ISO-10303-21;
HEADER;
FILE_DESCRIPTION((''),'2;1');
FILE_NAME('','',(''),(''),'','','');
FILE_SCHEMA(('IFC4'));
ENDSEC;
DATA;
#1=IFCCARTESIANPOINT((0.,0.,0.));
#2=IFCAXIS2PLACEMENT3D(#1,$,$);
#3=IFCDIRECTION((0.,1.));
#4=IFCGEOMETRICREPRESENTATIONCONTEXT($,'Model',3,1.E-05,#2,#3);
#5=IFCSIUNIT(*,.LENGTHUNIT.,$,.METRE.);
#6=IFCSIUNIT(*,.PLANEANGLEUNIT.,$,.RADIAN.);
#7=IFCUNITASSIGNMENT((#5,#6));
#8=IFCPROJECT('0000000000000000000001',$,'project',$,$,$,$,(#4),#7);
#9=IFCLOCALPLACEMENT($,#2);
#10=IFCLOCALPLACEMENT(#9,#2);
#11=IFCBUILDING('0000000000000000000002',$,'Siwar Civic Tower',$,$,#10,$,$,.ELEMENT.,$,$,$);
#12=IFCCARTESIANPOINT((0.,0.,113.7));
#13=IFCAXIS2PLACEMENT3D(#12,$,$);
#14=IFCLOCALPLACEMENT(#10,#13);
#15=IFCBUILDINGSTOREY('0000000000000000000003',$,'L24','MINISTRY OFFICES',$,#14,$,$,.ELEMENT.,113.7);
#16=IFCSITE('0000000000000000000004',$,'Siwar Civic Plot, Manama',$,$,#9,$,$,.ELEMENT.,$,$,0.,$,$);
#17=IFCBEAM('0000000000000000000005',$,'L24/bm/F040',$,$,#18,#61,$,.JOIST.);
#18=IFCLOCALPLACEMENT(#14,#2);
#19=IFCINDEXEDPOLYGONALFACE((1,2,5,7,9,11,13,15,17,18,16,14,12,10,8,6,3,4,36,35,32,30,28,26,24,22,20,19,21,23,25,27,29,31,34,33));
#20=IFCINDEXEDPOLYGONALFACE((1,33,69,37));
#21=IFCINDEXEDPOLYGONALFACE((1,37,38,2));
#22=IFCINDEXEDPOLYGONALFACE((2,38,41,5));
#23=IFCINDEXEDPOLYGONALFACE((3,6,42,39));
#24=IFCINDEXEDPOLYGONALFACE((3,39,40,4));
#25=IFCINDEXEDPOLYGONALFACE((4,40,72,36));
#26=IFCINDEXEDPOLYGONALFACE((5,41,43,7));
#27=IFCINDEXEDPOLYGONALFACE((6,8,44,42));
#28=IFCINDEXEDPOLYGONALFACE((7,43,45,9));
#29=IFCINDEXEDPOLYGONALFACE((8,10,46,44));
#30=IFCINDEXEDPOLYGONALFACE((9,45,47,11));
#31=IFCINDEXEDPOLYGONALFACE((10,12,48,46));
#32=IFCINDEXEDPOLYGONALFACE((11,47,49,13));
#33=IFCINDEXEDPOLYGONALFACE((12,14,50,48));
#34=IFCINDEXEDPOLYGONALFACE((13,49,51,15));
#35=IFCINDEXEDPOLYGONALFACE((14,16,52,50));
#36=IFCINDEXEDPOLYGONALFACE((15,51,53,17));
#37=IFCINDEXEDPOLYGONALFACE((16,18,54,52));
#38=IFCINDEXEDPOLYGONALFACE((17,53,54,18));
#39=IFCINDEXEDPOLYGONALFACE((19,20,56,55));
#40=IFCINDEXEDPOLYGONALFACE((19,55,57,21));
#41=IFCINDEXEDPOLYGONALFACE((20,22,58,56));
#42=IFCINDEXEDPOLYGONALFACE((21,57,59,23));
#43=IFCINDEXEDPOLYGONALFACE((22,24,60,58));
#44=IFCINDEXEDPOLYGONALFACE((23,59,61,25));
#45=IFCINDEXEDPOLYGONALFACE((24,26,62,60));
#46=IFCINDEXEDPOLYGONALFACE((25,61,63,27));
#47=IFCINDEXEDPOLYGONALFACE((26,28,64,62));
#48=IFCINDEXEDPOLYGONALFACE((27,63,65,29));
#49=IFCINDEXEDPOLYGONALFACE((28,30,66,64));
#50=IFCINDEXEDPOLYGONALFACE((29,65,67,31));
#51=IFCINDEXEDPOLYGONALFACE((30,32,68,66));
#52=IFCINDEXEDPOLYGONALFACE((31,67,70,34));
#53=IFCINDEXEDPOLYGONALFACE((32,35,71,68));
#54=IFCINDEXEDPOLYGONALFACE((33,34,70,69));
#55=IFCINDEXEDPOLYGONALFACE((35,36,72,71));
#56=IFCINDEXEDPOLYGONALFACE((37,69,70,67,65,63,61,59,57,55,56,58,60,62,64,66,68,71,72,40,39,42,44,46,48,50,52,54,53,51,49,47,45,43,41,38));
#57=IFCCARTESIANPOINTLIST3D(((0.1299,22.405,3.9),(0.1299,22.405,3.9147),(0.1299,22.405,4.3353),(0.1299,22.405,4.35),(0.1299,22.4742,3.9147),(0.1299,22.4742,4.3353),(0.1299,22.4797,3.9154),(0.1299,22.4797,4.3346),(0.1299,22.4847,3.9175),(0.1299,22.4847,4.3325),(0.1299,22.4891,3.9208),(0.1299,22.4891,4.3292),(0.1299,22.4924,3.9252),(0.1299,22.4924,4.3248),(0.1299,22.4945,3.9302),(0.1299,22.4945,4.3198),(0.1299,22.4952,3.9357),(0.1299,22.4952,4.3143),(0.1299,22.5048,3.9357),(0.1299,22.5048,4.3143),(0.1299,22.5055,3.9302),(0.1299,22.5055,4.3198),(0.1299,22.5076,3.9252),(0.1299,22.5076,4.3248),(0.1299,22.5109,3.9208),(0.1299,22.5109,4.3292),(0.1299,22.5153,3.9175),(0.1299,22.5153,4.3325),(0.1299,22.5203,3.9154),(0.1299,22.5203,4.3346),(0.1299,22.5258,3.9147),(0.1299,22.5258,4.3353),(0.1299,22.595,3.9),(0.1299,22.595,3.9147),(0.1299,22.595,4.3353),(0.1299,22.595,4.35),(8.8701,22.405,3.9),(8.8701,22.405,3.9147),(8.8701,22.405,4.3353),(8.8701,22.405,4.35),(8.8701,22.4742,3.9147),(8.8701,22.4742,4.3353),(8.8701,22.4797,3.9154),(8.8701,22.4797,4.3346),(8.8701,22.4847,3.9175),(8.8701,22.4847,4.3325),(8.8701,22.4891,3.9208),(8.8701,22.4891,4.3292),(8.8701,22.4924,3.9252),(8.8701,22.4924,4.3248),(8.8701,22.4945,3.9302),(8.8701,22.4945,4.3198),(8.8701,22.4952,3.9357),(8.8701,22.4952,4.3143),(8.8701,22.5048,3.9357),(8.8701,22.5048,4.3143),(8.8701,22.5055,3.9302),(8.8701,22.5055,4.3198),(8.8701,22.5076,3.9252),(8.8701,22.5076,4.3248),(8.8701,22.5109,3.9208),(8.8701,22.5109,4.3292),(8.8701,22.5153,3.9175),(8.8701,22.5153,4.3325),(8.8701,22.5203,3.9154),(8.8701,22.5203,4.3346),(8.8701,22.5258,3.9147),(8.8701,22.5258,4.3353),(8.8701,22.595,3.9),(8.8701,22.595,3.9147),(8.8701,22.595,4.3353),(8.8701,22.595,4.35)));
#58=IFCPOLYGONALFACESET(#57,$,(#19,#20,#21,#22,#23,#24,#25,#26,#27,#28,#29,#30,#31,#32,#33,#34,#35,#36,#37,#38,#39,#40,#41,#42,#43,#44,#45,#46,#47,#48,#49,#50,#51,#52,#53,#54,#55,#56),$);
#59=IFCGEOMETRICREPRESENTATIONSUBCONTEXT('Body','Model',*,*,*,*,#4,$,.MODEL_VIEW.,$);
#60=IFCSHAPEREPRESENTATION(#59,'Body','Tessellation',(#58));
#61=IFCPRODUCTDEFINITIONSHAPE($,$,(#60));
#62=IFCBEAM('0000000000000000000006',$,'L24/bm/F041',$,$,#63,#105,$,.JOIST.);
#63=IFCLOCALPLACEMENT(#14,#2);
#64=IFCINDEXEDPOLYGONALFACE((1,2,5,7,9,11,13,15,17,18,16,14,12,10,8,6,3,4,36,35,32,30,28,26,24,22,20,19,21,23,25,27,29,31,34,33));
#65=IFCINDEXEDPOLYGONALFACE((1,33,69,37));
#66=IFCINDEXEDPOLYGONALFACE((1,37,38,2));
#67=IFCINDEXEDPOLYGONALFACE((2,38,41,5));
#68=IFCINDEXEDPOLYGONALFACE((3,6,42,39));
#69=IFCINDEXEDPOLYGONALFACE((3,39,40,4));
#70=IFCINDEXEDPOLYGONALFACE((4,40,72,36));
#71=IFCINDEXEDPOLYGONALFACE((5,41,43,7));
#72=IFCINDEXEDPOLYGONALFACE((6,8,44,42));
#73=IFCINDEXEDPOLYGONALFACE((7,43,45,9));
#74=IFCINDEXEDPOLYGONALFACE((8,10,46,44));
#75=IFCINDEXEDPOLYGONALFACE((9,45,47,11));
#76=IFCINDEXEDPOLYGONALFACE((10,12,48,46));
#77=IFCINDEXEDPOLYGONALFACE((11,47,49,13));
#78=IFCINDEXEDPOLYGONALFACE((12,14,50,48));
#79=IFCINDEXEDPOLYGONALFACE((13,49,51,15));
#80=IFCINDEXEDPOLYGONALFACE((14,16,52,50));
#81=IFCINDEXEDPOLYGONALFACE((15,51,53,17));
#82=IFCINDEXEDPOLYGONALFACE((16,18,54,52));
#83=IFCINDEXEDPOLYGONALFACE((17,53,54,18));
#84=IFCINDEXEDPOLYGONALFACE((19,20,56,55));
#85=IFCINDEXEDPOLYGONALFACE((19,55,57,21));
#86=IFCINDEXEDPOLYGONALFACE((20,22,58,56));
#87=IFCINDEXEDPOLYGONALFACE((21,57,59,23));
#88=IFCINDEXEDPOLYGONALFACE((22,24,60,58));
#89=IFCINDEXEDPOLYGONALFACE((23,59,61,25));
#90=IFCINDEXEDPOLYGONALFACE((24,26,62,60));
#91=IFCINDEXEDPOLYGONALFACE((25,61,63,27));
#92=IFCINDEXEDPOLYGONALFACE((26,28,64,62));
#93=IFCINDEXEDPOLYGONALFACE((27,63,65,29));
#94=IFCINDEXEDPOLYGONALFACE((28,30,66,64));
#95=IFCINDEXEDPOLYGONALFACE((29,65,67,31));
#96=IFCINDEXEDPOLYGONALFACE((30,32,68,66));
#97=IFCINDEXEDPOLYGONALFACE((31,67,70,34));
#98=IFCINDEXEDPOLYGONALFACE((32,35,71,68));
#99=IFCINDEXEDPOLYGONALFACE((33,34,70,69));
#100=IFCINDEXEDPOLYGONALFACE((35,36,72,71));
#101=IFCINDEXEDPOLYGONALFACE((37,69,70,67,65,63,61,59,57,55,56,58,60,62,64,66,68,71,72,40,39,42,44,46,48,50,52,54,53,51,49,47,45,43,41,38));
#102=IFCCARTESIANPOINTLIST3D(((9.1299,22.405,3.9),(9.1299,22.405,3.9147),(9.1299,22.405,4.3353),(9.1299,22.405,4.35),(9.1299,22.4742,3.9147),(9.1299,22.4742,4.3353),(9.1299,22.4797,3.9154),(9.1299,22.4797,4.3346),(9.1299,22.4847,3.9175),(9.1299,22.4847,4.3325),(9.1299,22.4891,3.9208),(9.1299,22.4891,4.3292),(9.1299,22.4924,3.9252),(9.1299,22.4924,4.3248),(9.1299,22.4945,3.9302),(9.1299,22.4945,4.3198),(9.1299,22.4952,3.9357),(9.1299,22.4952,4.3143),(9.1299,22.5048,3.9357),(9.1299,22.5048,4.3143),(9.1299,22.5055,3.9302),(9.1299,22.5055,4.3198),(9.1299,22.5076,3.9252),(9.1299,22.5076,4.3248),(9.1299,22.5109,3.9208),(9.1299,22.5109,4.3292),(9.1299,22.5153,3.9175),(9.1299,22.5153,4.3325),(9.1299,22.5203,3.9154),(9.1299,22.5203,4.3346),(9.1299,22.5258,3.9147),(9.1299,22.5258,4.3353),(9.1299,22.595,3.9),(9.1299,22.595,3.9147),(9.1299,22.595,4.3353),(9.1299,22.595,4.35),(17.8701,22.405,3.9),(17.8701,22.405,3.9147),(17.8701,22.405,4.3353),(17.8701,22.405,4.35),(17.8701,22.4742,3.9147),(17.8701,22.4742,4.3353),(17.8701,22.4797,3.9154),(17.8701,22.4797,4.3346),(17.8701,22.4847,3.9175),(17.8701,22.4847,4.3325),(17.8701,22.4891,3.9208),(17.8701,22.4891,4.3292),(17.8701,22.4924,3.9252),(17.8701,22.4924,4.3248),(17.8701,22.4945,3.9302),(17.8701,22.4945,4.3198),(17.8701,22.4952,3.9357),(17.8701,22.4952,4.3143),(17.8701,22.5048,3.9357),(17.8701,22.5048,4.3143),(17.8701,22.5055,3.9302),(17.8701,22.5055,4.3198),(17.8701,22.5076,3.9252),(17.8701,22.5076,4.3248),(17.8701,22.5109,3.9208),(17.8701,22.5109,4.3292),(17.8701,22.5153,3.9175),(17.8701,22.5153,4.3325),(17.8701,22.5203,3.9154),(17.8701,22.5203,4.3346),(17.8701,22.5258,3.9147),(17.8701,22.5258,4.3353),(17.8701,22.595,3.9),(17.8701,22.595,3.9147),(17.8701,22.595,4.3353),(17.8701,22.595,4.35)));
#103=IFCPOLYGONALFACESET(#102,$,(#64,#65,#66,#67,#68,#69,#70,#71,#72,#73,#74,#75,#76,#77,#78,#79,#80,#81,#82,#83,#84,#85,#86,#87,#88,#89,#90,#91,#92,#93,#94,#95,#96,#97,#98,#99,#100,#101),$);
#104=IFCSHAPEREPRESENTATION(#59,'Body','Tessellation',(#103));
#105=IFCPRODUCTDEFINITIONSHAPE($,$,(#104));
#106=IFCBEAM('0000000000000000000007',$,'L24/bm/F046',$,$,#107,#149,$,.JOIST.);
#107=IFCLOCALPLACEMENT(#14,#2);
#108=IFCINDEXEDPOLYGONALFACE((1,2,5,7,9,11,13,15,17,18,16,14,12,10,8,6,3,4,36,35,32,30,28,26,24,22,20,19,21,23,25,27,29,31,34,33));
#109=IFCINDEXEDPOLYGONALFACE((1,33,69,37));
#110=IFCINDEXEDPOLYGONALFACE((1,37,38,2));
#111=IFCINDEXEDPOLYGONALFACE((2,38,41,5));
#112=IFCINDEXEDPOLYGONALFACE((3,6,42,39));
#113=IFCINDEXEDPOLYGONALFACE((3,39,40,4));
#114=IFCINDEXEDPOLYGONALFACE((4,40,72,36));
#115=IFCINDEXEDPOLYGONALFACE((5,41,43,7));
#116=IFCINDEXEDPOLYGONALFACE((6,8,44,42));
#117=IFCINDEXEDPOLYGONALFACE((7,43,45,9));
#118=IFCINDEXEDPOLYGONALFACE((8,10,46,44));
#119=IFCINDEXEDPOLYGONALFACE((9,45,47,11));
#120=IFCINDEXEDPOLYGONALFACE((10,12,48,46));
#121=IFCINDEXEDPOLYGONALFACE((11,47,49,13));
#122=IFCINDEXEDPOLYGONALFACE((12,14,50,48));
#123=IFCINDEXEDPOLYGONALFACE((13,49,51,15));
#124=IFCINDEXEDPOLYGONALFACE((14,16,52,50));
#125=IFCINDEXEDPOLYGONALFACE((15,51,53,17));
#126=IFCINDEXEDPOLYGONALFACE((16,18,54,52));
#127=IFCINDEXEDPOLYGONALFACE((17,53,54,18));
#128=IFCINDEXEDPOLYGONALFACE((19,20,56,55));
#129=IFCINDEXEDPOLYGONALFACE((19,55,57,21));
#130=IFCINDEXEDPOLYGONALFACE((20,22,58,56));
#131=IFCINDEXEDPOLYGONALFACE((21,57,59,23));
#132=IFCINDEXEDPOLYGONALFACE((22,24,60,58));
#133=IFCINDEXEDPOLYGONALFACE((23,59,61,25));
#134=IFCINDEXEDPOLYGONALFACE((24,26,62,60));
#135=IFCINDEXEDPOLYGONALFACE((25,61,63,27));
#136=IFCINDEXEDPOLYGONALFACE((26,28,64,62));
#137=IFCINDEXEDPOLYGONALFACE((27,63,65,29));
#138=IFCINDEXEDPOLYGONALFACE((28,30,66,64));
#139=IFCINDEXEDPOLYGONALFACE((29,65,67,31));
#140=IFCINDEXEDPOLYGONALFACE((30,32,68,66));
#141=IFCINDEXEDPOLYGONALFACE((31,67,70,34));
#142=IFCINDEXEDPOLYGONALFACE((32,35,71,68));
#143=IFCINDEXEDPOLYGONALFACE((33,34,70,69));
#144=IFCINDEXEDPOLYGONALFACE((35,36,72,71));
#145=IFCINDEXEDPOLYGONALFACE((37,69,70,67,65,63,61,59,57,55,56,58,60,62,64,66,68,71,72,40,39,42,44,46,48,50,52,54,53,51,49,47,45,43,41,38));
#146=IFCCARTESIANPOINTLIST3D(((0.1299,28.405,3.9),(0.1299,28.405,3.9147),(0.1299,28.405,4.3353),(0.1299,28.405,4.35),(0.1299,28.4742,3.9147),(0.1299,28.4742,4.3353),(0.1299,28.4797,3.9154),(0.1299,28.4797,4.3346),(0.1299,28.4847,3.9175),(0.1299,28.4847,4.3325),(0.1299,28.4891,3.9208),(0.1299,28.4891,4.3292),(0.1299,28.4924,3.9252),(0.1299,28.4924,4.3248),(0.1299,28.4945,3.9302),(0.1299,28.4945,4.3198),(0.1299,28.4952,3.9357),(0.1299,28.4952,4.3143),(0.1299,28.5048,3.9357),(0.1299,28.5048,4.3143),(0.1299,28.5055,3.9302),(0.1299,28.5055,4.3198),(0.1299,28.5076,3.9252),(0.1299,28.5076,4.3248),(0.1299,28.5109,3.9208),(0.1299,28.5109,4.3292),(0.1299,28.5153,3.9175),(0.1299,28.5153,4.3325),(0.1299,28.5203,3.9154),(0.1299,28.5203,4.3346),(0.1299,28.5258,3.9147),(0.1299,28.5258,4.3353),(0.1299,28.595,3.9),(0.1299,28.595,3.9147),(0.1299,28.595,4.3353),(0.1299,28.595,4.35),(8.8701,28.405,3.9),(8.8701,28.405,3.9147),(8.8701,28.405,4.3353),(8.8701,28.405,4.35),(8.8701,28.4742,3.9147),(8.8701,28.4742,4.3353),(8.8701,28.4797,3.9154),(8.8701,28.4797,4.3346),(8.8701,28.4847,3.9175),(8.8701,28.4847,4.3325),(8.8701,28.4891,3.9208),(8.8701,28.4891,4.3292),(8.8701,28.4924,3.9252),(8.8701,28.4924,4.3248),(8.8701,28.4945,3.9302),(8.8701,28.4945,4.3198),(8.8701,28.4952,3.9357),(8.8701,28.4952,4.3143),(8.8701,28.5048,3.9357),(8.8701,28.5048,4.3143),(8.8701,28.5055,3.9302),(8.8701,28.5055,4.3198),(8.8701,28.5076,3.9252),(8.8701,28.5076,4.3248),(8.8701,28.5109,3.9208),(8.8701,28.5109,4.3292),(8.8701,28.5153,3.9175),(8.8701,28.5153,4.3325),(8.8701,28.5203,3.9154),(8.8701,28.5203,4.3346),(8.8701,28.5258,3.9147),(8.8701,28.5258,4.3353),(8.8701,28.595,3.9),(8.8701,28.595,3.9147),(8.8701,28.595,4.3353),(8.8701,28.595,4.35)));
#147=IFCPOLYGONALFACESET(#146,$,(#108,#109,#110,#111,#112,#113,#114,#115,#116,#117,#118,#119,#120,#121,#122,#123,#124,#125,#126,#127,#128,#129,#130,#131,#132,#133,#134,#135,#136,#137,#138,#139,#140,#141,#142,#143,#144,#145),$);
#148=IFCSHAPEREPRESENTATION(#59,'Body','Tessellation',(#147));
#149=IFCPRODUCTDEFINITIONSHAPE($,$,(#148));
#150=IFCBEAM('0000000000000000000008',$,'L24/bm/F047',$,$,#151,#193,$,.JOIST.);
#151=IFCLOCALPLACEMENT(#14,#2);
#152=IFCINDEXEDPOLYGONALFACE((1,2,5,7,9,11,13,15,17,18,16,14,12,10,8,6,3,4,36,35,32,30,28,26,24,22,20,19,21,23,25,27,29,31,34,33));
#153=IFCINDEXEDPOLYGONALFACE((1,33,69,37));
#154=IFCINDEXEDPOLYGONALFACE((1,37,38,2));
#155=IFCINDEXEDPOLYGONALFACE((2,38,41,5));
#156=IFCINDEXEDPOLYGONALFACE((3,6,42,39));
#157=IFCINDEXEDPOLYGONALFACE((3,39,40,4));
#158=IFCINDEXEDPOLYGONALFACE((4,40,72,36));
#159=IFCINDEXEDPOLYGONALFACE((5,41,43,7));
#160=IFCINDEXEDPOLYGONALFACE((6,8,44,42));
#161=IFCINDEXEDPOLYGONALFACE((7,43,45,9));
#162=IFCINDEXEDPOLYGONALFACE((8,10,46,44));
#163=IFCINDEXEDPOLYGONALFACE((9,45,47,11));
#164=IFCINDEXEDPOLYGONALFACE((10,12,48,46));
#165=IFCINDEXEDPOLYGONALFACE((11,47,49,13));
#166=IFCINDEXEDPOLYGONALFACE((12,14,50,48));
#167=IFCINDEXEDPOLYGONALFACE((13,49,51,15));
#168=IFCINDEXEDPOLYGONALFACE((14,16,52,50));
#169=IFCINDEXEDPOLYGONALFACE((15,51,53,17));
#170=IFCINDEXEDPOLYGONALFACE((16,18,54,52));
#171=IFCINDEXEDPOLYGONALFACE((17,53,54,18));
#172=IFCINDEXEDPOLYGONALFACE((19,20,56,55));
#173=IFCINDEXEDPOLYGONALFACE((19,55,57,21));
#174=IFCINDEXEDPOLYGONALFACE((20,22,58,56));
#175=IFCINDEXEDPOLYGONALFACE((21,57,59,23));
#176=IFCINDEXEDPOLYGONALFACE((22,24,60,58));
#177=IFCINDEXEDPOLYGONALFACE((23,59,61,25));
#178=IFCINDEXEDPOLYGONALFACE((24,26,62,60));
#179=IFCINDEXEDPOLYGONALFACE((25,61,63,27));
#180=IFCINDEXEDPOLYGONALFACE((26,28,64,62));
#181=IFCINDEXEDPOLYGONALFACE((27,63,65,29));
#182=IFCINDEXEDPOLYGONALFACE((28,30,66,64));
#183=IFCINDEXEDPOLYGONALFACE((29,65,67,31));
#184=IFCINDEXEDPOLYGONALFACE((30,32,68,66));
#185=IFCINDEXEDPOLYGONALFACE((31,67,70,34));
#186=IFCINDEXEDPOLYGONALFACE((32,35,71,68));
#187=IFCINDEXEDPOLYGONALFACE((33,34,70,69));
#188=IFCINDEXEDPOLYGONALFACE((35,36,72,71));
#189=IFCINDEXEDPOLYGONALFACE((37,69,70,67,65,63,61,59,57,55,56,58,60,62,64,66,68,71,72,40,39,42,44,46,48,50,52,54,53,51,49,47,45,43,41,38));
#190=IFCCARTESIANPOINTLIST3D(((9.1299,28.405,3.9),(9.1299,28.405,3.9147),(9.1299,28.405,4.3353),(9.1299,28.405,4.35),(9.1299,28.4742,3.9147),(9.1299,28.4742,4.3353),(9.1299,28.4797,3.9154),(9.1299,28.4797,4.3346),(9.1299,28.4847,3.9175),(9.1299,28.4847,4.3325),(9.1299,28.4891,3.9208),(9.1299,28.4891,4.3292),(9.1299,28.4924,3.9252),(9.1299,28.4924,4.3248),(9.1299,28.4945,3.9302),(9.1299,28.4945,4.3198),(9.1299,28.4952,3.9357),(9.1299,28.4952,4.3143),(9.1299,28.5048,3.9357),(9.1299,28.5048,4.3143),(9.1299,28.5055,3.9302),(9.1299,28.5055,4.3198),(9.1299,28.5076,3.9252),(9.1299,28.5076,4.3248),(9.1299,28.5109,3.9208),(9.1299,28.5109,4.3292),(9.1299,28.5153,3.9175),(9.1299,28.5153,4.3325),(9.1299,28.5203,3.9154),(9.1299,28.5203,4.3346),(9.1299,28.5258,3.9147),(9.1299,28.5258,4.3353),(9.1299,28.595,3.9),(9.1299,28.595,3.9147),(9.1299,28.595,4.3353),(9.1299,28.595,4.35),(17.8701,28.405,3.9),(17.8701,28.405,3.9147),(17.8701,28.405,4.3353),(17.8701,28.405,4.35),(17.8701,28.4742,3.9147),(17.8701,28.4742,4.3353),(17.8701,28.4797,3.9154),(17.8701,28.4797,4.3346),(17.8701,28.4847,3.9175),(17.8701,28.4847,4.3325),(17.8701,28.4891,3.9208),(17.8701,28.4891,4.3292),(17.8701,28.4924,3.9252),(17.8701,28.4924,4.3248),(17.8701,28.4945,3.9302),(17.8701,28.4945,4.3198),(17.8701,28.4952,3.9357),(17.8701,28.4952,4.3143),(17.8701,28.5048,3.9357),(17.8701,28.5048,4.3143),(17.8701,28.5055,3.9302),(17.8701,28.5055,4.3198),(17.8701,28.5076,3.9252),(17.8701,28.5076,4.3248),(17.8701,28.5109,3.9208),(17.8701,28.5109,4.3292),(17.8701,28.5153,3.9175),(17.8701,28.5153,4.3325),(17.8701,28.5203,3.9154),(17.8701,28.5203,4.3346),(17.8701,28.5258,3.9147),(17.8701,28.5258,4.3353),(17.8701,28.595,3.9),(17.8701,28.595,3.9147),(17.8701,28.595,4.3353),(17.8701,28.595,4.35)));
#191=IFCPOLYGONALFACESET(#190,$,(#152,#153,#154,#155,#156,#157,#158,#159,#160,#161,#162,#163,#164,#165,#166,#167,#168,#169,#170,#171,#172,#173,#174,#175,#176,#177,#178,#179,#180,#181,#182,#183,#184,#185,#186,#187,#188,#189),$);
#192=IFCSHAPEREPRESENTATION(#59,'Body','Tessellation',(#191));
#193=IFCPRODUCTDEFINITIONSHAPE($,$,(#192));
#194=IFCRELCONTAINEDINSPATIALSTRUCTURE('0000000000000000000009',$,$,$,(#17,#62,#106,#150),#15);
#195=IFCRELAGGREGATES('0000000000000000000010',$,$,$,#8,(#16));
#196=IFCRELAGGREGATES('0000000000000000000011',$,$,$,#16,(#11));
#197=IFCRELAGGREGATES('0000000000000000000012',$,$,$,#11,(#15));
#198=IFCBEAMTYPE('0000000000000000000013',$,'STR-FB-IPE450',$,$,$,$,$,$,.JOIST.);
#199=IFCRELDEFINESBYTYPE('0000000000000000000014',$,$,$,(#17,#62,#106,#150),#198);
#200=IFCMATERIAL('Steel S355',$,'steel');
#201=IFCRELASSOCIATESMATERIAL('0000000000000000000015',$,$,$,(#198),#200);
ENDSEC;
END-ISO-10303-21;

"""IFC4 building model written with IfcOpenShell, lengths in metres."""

from ifc_helpers import new_model, si_unit, direction, frame, origin, origin_2d, place, context, subcontext, project, spatial, i_section, extrude, material, material_profile, profile_set, type_object, element, save


model = new_model("IFC4")

# Units and contexts
model_context = context("Model", 3, precision=1e-05, world=origin(), true_north=direction((0.0, 1.0)))
body_context = subcontext(model_context, "Body", "Model", "MODEL_VIEW")
ifc_project = project(units=[si_unit("LENGTHUNIT", "METRE"), si_unit("PLANEANGLEUNIT", "RADIAN")], contexts=[model_context])

# Site, building, storey
site_placement = place(None, origin())
site = spatial("IfcSite", under=ifc_project, at=site_placement, Name="Siwar Civic Plot, Manama", CompositionType="ELEMENT", RefElevation=0.0)
building_placement = place(site_placement, origin())
building = spatial("IfcBuilding", under=site, at=building_placement, Name="Siwar Civic Tower", CompositionType="ELEMENT")
storey_placement = place(building_placement, frame((0.0, 0.0, 113.7)))
storey = spatial("IfcBuildingStorey", under=building, at=storey_placement, Name="L24", Description="MINISTRY OFFICES", CompositionType="ELEMENT", Elevation=113.7)

# Beams
ifc_material_1 = material(Name="Steel S355", Category="steel")
ifc_material_profile_1 = material_profile(ifc_material_1, i_section(OverallWidth=0.1899, OverallDepth=0.45, WebThickness=0.0095, FlangeThickness=0.0146, FilletRadius=0.021, at=origin_2d()), Name="IPE450")
ifc_profile_set_1 = profile_set([ifc_material_profile_1], Name="Steel S355")
beam_type_1 = type_object("IfcBeamType", Name="STR-FB-IPE450", PredefinedType="JOIST", material=ifc_profile_set_1)
for number, where, z_axis, x_axis, name in (
    (1, (0.1299, 22.5, 4.125), (1.0, 0.0, 0.0), (0.0, 1.0, 0.0), "L24/bm/F040"),
    (2, (9.1299, 22.5, 4.125), (1.0, 0.0, 0.0), (0.0, 1.0, 0.0), "L24/bm/F041"),
    (3, (0.1299, 28.5, 4.125), (1.0, 0.0, 0.0), (0.0, 1.0, 0.0), "L24/bm/F046"),
    (4, (9.1299, 28.5, 4.125), (1.0, 0.0, 0.0), (0.0, 1.0, 0.0), "L24/bm/F047"),
):
    element("IfcBeam", number, at=place(storey_placement, frame(where, z_axis=z_axis, x_axis=x_axis)), inside=storey, type_object=beam_type_1, Name=name, PredefinedType="JOIST", context=body_context, shape_type="SweptSolid", body=[
        extrude(i_section(OverallWidth=0.1899, OverallDepth=0.45, WebThickness=0.0095, FlangeThickness=0.0146, FilletRadius=0.021, at=origin_2d()), origin(), (0.0, 0.0, 1.0), 8.7402),
    ])

save(model, "model.ifc")
